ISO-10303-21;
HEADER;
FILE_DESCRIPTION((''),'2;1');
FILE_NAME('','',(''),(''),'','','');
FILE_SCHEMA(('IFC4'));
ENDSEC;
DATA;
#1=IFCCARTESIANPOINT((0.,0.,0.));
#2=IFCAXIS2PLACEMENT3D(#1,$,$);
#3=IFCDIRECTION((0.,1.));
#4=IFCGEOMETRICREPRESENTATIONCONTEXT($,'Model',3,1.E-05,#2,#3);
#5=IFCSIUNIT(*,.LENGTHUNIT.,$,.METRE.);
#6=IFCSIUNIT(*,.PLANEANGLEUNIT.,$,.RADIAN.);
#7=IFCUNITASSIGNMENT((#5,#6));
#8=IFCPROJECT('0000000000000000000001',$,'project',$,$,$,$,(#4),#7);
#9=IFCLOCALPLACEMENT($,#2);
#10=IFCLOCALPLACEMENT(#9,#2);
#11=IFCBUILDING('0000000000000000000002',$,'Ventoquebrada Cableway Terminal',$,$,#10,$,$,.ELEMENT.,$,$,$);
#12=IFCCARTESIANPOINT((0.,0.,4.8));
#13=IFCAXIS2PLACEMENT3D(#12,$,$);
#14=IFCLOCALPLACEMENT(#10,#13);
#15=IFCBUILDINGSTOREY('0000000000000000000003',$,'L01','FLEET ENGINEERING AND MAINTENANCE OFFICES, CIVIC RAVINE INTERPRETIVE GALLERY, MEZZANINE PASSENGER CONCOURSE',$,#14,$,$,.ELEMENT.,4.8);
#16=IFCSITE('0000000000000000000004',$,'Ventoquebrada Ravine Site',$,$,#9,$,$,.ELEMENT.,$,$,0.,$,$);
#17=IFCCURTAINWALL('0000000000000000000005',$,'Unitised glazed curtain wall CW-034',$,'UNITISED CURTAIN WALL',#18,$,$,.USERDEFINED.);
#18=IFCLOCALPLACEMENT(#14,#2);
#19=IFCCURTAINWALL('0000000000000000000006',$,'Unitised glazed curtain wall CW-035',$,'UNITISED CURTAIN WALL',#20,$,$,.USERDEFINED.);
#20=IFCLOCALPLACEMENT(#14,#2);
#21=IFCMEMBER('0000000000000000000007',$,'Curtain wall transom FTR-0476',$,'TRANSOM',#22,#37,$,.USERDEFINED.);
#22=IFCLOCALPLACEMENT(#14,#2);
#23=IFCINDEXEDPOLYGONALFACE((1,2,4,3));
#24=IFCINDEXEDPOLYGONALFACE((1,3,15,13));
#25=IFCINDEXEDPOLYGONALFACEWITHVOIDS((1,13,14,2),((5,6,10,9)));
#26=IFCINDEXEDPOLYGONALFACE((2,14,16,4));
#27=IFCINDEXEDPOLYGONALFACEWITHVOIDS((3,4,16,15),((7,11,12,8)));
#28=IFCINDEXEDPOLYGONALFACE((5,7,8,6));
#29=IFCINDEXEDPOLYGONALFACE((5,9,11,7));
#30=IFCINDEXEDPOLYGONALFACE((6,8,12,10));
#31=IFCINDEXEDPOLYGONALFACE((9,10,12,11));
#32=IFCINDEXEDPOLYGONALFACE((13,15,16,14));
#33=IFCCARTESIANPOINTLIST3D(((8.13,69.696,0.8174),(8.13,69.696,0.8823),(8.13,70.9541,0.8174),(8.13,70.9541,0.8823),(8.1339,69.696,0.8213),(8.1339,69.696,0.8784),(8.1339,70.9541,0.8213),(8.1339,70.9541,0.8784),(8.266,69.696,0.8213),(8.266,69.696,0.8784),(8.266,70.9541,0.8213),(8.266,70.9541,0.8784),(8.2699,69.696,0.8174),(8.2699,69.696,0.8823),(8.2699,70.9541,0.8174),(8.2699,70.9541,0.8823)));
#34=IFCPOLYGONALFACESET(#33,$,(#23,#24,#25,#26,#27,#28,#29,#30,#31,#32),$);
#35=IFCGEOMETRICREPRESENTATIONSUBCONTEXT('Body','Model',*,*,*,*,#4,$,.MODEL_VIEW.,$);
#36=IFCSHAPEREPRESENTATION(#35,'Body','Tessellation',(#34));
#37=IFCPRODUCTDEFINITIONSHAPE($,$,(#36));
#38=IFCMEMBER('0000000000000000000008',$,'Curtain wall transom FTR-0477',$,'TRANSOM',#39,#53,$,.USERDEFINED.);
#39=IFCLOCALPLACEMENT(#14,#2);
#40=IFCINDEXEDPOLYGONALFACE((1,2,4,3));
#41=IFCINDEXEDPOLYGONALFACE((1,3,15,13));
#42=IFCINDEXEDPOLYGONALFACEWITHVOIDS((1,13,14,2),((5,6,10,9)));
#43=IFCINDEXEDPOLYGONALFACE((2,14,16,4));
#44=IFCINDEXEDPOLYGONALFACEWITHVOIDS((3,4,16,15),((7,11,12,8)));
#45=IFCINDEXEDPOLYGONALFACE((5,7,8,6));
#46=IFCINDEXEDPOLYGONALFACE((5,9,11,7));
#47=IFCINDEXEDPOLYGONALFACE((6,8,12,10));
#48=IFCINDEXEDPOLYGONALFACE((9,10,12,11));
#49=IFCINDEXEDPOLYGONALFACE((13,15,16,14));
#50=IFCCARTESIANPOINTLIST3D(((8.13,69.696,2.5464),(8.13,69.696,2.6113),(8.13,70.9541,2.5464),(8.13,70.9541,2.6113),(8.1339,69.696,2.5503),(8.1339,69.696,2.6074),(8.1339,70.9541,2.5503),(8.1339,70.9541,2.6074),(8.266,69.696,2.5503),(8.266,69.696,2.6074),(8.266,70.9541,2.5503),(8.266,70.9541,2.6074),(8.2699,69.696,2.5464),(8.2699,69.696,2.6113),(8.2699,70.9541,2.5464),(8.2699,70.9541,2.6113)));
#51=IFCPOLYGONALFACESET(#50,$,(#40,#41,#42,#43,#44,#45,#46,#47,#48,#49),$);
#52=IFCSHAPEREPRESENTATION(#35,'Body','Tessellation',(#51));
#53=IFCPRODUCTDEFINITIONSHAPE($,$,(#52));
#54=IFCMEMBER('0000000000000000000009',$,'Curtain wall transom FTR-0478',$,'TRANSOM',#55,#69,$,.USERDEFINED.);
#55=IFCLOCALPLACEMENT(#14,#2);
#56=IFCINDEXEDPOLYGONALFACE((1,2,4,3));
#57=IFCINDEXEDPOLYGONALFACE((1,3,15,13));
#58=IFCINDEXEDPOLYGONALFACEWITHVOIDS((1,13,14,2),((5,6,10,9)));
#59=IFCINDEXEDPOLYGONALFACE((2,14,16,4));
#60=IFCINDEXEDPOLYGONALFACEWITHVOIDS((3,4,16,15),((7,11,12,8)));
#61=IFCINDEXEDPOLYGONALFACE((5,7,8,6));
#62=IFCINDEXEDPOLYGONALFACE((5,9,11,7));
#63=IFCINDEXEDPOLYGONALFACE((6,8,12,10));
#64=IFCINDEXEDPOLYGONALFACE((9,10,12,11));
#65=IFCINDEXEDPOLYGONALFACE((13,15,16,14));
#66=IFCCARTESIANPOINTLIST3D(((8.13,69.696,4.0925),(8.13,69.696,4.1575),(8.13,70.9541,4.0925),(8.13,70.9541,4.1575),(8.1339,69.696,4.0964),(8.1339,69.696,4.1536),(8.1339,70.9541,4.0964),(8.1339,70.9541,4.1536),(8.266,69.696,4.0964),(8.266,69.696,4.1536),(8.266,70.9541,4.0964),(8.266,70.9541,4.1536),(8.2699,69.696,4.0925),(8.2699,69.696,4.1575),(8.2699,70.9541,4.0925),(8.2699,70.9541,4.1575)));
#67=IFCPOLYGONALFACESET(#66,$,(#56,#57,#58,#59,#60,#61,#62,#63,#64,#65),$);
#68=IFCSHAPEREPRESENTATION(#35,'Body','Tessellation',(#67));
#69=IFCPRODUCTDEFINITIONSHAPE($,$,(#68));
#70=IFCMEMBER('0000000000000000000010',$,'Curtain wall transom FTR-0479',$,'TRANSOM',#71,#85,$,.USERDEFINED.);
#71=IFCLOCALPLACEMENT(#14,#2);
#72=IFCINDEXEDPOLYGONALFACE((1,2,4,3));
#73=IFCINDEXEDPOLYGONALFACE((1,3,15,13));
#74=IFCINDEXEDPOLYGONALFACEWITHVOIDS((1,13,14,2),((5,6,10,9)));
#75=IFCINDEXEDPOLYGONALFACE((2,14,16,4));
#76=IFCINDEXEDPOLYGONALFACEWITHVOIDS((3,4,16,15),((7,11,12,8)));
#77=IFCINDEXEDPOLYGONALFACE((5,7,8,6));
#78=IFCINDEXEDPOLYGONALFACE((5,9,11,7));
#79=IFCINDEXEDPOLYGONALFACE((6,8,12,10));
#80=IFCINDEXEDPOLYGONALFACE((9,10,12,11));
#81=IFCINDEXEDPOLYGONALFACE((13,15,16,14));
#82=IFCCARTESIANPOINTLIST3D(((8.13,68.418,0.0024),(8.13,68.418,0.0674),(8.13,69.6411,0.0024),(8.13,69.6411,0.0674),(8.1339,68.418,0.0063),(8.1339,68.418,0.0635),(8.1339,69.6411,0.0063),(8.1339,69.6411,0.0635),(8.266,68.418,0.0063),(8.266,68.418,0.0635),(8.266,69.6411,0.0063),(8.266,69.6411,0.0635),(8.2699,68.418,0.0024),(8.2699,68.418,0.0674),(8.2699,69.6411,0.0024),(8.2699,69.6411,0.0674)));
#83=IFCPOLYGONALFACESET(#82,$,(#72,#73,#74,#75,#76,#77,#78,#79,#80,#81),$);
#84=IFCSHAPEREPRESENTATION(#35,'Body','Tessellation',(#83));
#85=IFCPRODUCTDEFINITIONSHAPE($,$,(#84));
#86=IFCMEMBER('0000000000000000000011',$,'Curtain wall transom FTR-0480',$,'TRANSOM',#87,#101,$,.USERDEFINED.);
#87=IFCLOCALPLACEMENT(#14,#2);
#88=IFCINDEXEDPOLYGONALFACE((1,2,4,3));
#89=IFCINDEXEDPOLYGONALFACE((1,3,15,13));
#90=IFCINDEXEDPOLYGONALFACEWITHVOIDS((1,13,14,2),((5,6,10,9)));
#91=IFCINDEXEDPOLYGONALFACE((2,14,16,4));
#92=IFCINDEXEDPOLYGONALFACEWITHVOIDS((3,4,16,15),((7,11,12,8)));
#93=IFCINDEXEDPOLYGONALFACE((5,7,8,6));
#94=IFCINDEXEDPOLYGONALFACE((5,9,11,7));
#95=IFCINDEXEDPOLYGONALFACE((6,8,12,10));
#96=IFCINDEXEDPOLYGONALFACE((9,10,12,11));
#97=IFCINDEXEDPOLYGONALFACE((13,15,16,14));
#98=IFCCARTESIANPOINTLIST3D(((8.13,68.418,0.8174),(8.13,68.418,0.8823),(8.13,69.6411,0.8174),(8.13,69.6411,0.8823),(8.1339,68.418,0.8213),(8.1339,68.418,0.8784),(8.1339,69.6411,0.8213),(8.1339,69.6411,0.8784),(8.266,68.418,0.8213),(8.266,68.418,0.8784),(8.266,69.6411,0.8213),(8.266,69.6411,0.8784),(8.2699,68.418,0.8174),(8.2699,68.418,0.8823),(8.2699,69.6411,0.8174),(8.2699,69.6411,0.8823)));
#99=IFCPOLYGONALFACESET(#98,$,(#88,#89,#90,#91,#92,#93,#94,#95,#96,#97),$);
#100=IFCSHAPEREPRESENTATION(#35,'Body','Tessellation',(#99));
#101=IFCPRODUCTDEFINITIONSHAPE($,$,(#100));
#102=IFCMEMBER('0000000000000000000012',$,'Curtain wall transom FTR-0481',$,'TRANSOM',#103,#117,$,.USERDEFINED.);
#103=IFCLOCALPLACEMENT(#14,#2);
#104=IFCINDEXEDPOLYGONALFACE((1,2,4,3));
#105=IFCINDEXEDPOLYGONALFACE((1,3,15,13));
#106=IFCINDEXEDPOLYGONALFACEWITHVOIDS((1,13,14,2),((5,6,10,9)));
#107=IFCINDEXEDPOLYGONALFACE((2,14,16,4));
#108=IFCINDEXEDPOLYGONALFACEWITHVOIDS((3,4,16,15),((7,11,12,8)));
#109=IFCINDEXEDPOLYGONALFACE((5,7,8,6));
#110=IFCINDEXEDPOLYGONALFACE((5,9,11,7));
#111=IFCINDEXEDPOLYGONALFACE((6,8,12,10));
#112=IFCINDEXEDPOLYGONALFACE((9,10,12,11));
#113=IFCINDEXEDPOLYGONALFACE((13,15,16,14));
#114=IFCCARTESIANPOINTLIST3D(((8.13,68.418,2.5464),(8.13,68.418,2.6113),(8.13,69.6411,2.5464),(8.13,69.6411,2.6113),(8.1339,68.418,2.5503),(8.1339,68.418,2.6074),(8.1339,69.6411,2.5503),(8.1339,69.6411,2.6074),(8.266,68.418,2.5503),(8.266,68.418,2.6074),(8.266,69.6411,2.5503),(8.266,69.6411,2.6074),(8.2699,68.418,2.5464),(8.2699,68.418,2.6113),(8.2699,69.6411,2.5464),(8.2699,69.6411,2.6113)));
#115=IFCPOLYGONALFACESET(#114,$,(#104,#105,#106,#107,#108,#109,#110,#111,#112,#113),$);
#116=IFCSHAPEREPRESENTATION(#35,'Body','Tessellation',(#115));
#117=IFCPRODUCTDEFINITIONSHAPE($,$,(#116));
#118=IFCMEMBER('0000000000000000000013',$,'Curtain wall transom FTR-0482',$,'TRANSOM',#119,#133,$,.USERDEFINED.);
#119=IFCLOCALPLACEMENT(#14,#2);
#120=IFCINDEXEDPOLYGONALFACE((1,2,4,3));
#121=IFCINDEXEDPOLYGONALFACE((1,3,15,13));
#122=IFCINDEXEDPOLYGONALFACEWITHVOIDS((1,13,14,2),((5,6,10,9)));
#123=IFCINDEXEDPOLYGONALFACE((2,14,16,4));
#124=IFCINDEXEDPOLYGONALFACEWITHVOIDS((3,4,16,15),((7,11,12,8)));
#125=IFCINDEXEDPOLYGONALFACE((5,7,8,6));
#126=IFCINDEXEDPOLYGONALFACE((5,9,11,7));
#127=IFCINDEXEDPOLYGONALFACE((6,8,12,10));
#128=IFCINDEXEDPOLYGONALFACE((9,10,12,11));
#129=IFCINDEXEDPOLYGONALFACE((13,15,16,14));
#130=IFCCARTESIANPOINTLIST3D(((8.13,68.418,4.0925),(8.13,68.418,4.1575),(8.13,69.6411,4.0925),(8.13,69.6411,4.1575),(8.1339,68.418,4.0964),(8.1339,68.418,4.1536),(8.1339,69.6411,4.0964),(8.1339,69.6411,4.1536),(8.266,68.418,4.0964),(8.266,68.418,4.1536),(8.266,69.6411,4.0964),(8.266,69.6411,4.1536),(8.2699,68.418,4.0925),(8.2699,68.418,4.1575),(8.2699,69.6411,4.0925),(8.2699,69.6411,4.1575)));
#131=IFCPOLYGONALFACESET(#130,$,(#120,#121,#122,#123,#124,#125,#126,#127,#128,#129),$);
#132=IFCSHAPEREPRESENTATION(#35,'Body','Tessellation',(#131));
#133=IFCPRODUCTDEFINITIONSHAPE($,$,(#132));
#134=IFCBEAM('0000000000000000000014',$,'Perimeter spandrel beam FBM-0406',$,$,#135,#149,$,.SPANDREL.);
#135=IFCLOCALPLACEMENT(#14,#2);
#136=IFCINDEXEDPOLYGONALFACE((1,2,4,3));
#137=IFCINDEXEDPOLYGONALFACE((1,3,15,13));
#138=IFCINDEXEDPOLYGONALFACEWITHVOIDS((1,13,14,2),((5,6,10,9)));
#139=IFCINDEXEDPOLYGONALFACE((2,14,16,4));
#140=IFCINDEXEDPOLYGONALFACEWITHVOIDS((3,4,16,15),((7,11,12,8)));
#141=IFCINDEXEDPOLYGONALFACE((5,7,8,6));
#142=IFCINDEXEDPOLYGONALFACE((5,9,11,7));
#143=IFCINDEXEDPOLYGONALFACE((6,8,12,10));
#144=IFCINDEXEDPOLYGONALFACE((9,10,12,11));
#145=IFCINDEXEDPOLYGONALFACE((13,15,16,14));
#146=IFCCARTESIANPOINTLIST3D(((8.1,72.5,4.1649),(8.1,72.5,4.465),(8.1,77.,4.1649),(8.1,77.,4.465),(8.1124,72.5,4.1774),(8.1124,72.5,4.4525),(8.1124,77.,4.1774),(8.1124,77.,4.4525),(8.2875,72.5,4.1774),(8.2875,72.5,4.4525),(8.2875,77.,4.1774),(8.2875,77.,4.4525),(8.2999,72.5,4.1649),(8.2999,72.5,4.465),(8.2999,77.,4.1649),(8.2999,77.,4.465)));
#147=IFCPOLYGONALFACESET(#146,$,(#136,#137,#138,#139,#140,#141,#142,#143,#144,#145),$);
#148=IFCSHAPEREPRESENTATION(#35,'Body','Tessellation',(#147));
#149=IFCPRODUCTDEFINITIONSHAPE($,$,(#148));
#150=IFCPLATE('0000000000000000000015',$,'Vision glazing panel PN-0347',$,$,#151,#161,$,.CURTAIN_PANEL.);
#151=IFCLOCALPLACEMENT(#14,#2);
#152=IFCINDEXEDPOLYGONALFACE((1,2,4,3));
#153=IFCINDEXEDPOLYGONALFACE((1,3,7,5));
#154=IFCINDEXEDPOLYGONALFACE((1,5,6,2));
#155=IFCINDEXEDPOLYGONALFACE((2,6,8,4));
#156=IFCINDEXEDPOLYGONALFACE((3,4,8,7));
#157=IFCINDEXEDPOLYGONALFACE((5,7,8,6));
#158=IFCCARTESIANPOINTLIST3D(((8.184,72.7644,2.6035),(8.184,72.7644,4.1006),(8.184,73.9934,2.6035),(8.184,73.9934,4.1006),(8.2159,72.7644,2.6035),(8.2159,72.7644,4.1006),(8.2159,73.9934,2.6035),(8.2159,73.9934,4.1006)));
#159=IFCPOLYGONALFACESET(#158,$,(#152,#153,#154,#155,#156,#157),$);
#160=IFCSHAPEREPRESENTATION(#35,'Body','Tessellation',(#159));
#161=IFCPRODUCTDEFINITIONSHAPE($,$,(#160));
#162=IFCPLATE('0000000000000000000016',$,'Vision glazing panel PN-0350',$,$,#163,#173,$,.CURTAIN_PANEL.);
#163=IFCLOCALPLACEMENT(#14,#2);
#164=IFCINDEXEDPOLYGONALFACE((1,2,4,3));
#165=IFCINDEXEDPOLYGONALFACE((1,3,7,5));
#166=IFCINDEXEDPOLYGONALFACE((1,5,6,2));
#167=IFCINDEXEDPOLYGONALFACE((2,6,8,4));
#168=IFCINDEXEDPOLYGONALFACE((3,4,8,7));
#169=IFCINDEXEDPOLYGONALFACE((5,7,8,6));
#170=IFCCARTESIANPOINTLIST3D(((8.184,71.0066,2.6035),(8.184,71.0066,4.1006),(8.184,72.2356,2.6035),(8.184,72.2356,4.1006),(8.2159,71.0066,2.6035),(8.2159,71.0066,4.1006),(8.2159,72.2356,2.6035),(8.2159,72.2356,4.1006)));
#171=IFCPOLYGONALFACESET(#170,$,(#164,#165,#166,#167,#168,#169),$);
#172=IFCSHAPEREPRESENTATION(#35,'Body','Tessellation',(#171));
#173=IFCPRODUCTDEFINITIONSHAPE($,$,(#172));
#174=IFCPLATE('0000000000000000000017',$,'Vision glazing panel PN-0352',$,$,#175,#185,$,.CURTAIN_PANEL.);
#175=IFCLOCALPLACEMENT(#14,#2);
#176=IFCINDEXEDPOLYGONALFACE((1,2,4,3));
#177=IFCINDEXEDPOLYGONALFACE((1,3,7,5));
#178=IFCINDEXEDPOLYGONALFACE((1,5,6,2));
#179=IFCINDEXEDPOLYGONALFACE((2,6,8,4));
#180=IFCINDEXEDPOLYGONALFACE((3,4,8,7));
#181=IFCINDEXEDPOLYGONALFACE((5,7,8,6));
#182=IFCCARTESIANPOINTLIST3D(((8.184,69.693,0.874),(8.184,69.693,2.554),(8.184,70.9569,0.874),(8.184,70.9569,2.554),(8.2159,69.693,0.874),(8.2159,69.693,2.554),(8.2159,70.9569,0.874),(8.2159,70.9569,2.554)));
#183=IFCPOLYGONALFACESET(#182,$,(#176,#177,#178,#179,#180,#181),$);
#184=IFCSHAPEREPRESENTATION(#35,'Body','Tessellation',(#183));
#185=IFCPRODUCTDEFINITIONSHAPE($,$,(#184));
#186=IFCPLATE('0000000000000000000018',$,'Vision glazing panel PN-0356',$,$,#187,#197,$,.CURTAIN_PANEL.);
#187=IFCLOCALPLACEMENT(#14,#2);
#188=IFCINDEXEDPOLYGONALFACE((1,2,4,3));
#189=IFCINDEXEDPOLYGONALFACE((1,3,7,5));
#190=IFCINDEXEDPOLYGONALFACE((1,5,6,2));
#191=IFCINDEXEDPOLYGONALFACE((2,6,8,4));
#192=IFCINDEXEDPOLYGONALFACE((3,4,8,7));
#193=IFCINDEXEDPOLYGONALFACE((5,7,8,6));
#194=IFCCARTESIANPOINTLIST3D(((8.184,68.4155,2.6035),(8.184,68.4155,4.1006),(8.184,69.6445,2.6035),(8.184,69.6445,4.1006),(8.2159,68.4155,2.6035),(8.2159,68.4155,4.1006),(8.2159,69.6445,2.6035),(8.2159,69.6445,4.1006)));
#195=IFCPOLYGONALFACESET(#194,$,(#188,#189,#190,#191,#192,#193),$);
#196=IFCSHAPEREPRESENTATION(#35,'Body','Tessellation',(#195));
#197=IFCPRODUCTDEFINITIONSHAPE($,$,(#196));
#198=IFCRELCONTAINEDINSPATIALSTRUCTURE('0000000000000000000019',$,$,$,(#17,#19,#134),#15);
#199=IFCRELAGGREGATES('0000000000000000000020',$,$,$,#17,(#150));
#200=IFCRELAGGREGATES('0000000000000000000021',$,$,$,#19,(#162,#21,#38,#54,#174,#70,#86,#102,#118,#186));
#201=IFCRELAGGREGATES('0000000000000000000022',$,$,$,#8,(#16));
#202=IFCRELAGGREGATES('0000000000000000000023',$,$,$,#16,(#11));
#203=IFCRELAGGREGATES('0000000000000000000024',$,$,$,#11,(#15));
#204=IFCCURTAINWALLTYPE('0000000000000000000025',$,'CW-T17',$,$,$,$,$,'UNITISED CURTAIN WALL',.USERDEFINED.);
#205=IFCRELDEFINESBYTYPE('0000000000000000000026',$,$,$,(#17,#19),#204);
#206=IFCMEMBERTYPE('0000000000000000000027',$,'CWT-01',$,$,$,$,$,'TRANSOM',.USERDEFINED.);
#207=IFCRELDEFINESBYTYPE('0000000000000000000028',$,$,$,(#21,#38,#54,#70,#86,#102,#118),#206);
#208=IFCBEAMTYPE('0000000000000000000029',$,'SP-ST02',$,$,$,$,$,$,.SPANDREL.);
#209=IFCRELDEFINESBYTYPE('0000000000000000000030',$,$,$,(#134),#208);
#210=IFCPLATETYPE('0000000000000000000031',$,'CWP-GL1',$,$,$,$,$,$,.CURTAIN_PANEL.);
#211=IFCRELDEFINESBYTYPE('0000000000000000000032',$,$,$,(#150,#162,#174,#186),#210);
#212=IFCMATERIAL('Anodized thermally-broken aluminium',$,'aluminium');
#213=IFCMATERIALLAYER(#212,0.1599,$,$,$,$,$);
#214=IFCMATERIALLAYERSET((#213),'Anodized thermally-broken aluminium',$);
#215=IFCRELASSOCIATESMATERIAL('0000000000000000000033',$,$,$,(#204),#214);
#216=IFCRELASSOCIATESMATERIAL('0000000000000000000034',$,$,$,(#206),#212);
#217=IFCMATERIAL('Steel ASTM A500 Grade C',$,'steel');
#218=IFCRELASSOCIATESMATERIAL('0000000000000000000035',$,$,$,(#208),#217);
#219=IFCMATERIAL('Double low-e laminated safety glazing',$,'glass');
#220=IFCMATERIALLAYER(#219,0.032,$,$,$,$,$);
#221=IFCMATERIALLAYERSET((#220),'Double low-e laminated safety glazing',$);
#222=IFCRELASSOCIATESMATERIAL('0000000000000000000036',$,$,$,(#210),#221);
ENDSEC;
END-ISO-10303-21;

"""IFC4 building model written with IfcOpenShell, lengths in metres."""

from ifc_helpers import new_model, si_unit, direction, frame, origin, origin_2d, place, context, subcontext, project, spatial, rectangle, hollow_rectangle, extrude, material, layer, layer_set, material_profile, profile_set, type_object, element, aggregate, save


model = new_model("IFC4")

# Units and contexts
model_context = context("Model", 3, precision=1e-05, world=origin(), true_north=direction((0.0, 1.0)))
body_context = subcontext(model_context, "Body", "Model", "MODEL_VIEW")
ifc_project = project(units=[si_unit("LENGTHUNIT", "METRE"), si_unit("PLANEANGLEUNIT", "RADIAN")], contexts=[model_context])

# Site, building, storey
site_placement = place(None, origin())
site = spatial("IfcSite", under=ifc_project, at=site_placement, Name="Ventoquebrada Ravine Site", CompositionType="ELEMENT", RefElevation=0.0)
building_placement = place(site_placement, origin())
building = spatial("IfcBuilding", under=site, at=building_placement, Name="Ventoquebrada Cableway Terminal", CompositionType="ELEMENT")
storey_placement = place(building_placement, frame((0.0, 0.0, 4.8)))
storey = spatial("IfcBuildingStorey", under=building, at=storey_placement, Name="L01", Description="FLEET ENGINEERING AND MAINTENANCE OFFICES, CIVIC RAVINE INTERPRETIVE GALLERY, MEZZANINE PASSENGER CONCOURSE", CompositionType="ELEMENT", Elevation=4.8)

# Curtain wall
ifc_material_1 = material(Name="Anodized thermally-broken aluminium", Category="aluminium")
ifc_layer_1 = layer(ifc_material_1, 0.1599)
ifc_layer_set_1 = layer_set([ifc_layer_1], Name="Anodized thermally-broken aluminium")
curtain_wall_type = type_object("IfcCurtainWallType", Name="CW-T17", ElementType="UNITISED CURTAIN WALL", PredefinedType="USERDEFINED", material=ifc_layer_set_1)
curtain_wall_1_placement = place(storey_placement, origin())
curtain_wall_1 = element("IfcCurtainWall", 1, at=curtain_wall_1_placement, inside=storey, type_object=curtain_wall_type, Name="Unitised glazed curtain wall CW-034", ObjectType="UNITISED CURTAIN WALL", PredefinedType="USERDEFINED")

# Curtain wall
curtain_wall_2_placement = place(storey_placement, origin())
curtain_wall_2 = element("IfcCurtainWall", 2, at=curtain_wall_2_placement, inside=storey, type_object=curtain_wall_type, Name="Unitised glazed curtain wall CW-035", ObjectType="UNITISED CURTAIN WALL", PredefinedType="USERDEFINED")

# Members
ifc_material_profile_1 = material_profile(ifc_material_1, hollow_rectangle(XDim=0.0649, YDim=0.1399, WallThickness=0.0039, at=origin_2d()), Name="CW-TRN-65X140")
ifc_profile_set_1 = profile_set([ifc_material_profile_1], Name="Anodized thermally-broken aluminium")
member_type_1 = type_object("IfcMemberType", Name="CWT-01", ElementType="TRANSOM", PredefinedType="USERDEFINED", material=ifc_profile_set_1)
member_1_placement = place(storey_placement, frame((8.2, 70.9541, 0.8499), z_axis=(0.0, -1.0, 0.0), x_axis=(0.0, 0.0, 1.0)))
member_1 = element("IfcMember", 3, at=member_1_placement, type_object=member_type_1, Name="Curtain wall transom FTR-0476", ObjectType="TRANSOM", PredefinedType="USERDEFINED", context=body_context, shape_type="SweptSolid", body=[
    extrude(hollow_rectangle(XDim=0.0649, YDim=0.1399, WallThickness=0.0039, at=origin_2d()), origin(), (0.0, 0.0, 1.0), 1.2581),
])
member_2_placement = place(storey_placement, frame((8.2, 70.9541, 2.5789), z_axis=(0.0, -1.0, 0.0), x_axis=(0.0, 0.0, 1.0)))
member_2 = element("IfcMember", 4, at=member_2_placement, type_object=member_type_1, Name="Curtain wall transom FTR-0477", ObjectType="TRANSOM", PredefinedType="USERDEFINED", context=body_context, shape_type="SweptSolid", body=[
    extrude(hollow_rectangle(XDim=0.0649, YDim=0.1399, WallThickness=0.0039, at=origin_2d()), origin(), (0.0, 0.0, 1.0), 1.2581),
])
member_3_placement = place(storey_placement, frame((8.2, 70.9541, 4.125), z_axis=(0.0, -1.0, 0.0), x_axis=(0.0, 0.0, 1.0)))
member_3 = element("IfcMember", 5, at=member_3_placement, type_object=member_type_1, Name="Curtain wall transom FTR-0478", ObjectType="TRANSOM", PredefinedType="USERDEFINED", context=body_context, shape_type="SweptSolid", body=[
    extrude(hollow_rectangle(XDim=0.0649, YDim=0.1399, WallThickness=0.0039, at=origin_2d()), origin(), (0.0, 0.0, 1.0), 1.2581),
])
member_4_placement = place(storey_placement, frame((8.2, 69.6411, 0.0349), z_axis=(0.0, -1.0, 0.0), x_axis=(0.0, 0.0, 1.0)))
member_4 = element("IfcMember", 6, at=member_4_placement, type_object=member_type_1, Name="Curtain wall transom FTR-0479", ObjectType="TRANSOM", PredefinedType="USERDEFINED", context=body_context, shape_type="SweptSolid", body=[
    extrude(hollow_rectangle(XDim=0.0649, YDim=0.1399, WallThickness=0.0039, at=origin_2d()), origin(), (0.0, 0.0, 1.0), 1.2231),
])
member_5_placement = place(storey_placement, frame((8.2, 69.6411, 0.8499), z_axis=(0.0, -1.0, 0.0), x_axis=(0.0, 0.0, 1.0)))
member_5 = element("IfcMember", 7, at=member_5_placement, type_object=member_type_1, Name="Curtain wall transom FTR-0480", ObjectType="TRANSOM", PredefinedType="USERDEFINED", context=body_context, shape_type="SweptSolid", body=[
    extrude(hollow_rectangle(XDim=0.0649, YDim=0.1399, WallThickness=0.0039, at=origin_2d()), origin(), (0.0, 0.0, 1.0), 1.2231),
])
member_6_placement = place(storey_placement, frame((8.2, 69.6411, 2.5789), z_axis=(0.0, -1.0, 0.0), x_axis=(0.0, 0.0, 1.0)))
member_6 = element("IfcMember", 8, at=member_6_placement, type_object=member_type_1, Name="Curtain wall transom FTR-0481", ObjectType="TRANSOM", PredefinedType="USERDEFINED", context=body_context, shape_type="SweptSolid", body=[
    extrude(hollow_rectangle(XDim=0.0649, YDim=0.1399, WallThickness=0.0039, at=origin_2d()), origin(), (0.0, 0.0, 1.0), 1.2231),
])
member_7_placement = place(storey_placement, frame((8.2, 69.6411, 4.125), z_axis=(0.0, -1.0, 0.0), x_axis=(0.0, 0.0, 1.0)))
member_7 = element("IfcMember", 9, at=member_7_placement, type_object=member_type_1, Name="Curtain wall transom FTR-0482", ObjectType="TRANSOM", PredefinedType="USERDEFINED", context=body_context, shape_type="SweptSolid", body=[
    extrude(hollow_rectangle(XDim=0.0649, YDim=0.1399, WallThickness=0.0039, at=origin_2d()), origin(), (0.0, 0.0, 1.0), 1.2231),
])

# Beam
ifc_material_2 = material(Name="Steel ASTM A500 Grade C", Category="steel")
ifc_material_profile_2 = material_profile(ifc_material_2, hollow_rectangle(XDim=0.2, YDim=0.3, WallThickness=0.0125, at=origin_2d()), Name="RHS300X200X12.5")
ifc_profile_set_2 = profile_set([ifc_material_profile_2], Name="Steel ASTM A500 Grade C")
beam_type = type_object("IfcBeamType", Name="SP-ST02", PredefinedType="SPANDREL", material=ifc_profile_set_2)
beam_placement = place(storey_placement, frame((8.2, 72.5, 4.3149), z_axis=(0.0, 1.0, 0.0), x_axis=(-1.0, 0.0, 0.0)))
element("IfcBeam", 10, at=beam_placement, inside=storey, type_object=beam_type, Name="Perimeter spandrel beam FBM-0406", PredefinedType="SPANDREL", context=body_context, shape_type="SweptSolid", body=[
    extrude(hollow_rectangle(XDim=0.2, YDim=0.3, WallThickness=0.0125, at=origin_2d()), origin(), (0.0, 0.0, 1.0), 4.5),
])

# Plates
ifc_material_3 = material(Name="Double low-e laminated safety glazing", Category="glass")
ifc_layer_2 = layer(ifc_material_3, 0.032)
ifc_layer_set_2 = layer_set([ifc_layer_2], Name="Double low-e laminated safety glazing")
plate_type_1 = type_object("IfcPlateType", Name="CWP-GL1", PredefinedType="CURTAIN_PANEL", material=ifc_layer_set_2)
plate_1_placement = place(storey_placement, frame((8.2, 73.3789, 2.6035), z_axis=(0.0, 0.0, 1.0), x_axis=(0.0, -1.0, 0.0)))
plate_1 = element("IfcPlate", 11, at=plate_1_placement, type_object=plate_type_1, Name="Vision glazing panel PN-0347", PredefinedType="CURTAIN_PANEL", context=body_context, shape_type="SweptSolid", body=[
    extrude(rectangle(XDim=1.229, YDim=0.032, at=origin_2d()), origin(), (0.0, 0.0, 1.0), 1.4971),
])
plate_2_placement = place(storey_placement, frame((8.2, 71.6211, 2.6035), z_axis=(0.0, 0.0, 1.0), x_axis=(0.0, -1.0, 0.0)))
plate_2 = element("IfcPlate", 12, at=plate_2_placement, type_object=plate_type_1, Name="Vision glazing panel PN-0350", PredefinedType="CURTAIN_PANEL", context=body_context, shape_type="SweptSolid", body=[
    extrude(rectangle(XDim=1.229, YDim=0.032, at=origin_2d()), origin(), (0.0, 0.0, 1.0), 1.4971),
])
plate_3_placement = place(storey_placement, frame((8.2, 70.325, 0.874), z_axis=(0.0, 0.0, 1.0), x_axis=(0.0, -1.0, 0.0)))
plate_3 = element("IfcPlate", 13, at=plate_3_placement, type_object=plate_type_1, Name="Vision glazing panel PN-0352", PredefinedType="CURTAIN_PANEL", context=body_context, shape_type="SweptSolid", body=[
    extrude(rectangle(XDim=1.2639, YDim=0.032, at=origin_2d()), origin(), (0.0, 0.0, 1.0), 1.6799),
])
plate_4_placement = place(storey_placement, frame((8.2, 69.03, 2.6035), z_axis=(0.0, 0.0, 1.0), x_axis=(0.0, -1.0, 0.0)))
plate_4 = element("IfcPlate", 14, at=plate_4_placement, type_object=plate_type_1, Name="Vision glazing panel PN-0356", PredefinedType="CURTAIN_PANEL", context=body_context, shape_type="SweptSolid", body=[
    extrude(rectangle(XDim=1.229, YDim=0.032, at=origin_2d()), origin(), (0.0, 0.0, 1.0), 1.4971),
])
aggregate(curtain_wall_1, [plate_1])
aggregate(curtain_wall_2, [plate_2, member_1, member_2, member_3, plate_3, member_4, member_5, member_6, member_7, plate_4])

save(model, "model.ifc")
